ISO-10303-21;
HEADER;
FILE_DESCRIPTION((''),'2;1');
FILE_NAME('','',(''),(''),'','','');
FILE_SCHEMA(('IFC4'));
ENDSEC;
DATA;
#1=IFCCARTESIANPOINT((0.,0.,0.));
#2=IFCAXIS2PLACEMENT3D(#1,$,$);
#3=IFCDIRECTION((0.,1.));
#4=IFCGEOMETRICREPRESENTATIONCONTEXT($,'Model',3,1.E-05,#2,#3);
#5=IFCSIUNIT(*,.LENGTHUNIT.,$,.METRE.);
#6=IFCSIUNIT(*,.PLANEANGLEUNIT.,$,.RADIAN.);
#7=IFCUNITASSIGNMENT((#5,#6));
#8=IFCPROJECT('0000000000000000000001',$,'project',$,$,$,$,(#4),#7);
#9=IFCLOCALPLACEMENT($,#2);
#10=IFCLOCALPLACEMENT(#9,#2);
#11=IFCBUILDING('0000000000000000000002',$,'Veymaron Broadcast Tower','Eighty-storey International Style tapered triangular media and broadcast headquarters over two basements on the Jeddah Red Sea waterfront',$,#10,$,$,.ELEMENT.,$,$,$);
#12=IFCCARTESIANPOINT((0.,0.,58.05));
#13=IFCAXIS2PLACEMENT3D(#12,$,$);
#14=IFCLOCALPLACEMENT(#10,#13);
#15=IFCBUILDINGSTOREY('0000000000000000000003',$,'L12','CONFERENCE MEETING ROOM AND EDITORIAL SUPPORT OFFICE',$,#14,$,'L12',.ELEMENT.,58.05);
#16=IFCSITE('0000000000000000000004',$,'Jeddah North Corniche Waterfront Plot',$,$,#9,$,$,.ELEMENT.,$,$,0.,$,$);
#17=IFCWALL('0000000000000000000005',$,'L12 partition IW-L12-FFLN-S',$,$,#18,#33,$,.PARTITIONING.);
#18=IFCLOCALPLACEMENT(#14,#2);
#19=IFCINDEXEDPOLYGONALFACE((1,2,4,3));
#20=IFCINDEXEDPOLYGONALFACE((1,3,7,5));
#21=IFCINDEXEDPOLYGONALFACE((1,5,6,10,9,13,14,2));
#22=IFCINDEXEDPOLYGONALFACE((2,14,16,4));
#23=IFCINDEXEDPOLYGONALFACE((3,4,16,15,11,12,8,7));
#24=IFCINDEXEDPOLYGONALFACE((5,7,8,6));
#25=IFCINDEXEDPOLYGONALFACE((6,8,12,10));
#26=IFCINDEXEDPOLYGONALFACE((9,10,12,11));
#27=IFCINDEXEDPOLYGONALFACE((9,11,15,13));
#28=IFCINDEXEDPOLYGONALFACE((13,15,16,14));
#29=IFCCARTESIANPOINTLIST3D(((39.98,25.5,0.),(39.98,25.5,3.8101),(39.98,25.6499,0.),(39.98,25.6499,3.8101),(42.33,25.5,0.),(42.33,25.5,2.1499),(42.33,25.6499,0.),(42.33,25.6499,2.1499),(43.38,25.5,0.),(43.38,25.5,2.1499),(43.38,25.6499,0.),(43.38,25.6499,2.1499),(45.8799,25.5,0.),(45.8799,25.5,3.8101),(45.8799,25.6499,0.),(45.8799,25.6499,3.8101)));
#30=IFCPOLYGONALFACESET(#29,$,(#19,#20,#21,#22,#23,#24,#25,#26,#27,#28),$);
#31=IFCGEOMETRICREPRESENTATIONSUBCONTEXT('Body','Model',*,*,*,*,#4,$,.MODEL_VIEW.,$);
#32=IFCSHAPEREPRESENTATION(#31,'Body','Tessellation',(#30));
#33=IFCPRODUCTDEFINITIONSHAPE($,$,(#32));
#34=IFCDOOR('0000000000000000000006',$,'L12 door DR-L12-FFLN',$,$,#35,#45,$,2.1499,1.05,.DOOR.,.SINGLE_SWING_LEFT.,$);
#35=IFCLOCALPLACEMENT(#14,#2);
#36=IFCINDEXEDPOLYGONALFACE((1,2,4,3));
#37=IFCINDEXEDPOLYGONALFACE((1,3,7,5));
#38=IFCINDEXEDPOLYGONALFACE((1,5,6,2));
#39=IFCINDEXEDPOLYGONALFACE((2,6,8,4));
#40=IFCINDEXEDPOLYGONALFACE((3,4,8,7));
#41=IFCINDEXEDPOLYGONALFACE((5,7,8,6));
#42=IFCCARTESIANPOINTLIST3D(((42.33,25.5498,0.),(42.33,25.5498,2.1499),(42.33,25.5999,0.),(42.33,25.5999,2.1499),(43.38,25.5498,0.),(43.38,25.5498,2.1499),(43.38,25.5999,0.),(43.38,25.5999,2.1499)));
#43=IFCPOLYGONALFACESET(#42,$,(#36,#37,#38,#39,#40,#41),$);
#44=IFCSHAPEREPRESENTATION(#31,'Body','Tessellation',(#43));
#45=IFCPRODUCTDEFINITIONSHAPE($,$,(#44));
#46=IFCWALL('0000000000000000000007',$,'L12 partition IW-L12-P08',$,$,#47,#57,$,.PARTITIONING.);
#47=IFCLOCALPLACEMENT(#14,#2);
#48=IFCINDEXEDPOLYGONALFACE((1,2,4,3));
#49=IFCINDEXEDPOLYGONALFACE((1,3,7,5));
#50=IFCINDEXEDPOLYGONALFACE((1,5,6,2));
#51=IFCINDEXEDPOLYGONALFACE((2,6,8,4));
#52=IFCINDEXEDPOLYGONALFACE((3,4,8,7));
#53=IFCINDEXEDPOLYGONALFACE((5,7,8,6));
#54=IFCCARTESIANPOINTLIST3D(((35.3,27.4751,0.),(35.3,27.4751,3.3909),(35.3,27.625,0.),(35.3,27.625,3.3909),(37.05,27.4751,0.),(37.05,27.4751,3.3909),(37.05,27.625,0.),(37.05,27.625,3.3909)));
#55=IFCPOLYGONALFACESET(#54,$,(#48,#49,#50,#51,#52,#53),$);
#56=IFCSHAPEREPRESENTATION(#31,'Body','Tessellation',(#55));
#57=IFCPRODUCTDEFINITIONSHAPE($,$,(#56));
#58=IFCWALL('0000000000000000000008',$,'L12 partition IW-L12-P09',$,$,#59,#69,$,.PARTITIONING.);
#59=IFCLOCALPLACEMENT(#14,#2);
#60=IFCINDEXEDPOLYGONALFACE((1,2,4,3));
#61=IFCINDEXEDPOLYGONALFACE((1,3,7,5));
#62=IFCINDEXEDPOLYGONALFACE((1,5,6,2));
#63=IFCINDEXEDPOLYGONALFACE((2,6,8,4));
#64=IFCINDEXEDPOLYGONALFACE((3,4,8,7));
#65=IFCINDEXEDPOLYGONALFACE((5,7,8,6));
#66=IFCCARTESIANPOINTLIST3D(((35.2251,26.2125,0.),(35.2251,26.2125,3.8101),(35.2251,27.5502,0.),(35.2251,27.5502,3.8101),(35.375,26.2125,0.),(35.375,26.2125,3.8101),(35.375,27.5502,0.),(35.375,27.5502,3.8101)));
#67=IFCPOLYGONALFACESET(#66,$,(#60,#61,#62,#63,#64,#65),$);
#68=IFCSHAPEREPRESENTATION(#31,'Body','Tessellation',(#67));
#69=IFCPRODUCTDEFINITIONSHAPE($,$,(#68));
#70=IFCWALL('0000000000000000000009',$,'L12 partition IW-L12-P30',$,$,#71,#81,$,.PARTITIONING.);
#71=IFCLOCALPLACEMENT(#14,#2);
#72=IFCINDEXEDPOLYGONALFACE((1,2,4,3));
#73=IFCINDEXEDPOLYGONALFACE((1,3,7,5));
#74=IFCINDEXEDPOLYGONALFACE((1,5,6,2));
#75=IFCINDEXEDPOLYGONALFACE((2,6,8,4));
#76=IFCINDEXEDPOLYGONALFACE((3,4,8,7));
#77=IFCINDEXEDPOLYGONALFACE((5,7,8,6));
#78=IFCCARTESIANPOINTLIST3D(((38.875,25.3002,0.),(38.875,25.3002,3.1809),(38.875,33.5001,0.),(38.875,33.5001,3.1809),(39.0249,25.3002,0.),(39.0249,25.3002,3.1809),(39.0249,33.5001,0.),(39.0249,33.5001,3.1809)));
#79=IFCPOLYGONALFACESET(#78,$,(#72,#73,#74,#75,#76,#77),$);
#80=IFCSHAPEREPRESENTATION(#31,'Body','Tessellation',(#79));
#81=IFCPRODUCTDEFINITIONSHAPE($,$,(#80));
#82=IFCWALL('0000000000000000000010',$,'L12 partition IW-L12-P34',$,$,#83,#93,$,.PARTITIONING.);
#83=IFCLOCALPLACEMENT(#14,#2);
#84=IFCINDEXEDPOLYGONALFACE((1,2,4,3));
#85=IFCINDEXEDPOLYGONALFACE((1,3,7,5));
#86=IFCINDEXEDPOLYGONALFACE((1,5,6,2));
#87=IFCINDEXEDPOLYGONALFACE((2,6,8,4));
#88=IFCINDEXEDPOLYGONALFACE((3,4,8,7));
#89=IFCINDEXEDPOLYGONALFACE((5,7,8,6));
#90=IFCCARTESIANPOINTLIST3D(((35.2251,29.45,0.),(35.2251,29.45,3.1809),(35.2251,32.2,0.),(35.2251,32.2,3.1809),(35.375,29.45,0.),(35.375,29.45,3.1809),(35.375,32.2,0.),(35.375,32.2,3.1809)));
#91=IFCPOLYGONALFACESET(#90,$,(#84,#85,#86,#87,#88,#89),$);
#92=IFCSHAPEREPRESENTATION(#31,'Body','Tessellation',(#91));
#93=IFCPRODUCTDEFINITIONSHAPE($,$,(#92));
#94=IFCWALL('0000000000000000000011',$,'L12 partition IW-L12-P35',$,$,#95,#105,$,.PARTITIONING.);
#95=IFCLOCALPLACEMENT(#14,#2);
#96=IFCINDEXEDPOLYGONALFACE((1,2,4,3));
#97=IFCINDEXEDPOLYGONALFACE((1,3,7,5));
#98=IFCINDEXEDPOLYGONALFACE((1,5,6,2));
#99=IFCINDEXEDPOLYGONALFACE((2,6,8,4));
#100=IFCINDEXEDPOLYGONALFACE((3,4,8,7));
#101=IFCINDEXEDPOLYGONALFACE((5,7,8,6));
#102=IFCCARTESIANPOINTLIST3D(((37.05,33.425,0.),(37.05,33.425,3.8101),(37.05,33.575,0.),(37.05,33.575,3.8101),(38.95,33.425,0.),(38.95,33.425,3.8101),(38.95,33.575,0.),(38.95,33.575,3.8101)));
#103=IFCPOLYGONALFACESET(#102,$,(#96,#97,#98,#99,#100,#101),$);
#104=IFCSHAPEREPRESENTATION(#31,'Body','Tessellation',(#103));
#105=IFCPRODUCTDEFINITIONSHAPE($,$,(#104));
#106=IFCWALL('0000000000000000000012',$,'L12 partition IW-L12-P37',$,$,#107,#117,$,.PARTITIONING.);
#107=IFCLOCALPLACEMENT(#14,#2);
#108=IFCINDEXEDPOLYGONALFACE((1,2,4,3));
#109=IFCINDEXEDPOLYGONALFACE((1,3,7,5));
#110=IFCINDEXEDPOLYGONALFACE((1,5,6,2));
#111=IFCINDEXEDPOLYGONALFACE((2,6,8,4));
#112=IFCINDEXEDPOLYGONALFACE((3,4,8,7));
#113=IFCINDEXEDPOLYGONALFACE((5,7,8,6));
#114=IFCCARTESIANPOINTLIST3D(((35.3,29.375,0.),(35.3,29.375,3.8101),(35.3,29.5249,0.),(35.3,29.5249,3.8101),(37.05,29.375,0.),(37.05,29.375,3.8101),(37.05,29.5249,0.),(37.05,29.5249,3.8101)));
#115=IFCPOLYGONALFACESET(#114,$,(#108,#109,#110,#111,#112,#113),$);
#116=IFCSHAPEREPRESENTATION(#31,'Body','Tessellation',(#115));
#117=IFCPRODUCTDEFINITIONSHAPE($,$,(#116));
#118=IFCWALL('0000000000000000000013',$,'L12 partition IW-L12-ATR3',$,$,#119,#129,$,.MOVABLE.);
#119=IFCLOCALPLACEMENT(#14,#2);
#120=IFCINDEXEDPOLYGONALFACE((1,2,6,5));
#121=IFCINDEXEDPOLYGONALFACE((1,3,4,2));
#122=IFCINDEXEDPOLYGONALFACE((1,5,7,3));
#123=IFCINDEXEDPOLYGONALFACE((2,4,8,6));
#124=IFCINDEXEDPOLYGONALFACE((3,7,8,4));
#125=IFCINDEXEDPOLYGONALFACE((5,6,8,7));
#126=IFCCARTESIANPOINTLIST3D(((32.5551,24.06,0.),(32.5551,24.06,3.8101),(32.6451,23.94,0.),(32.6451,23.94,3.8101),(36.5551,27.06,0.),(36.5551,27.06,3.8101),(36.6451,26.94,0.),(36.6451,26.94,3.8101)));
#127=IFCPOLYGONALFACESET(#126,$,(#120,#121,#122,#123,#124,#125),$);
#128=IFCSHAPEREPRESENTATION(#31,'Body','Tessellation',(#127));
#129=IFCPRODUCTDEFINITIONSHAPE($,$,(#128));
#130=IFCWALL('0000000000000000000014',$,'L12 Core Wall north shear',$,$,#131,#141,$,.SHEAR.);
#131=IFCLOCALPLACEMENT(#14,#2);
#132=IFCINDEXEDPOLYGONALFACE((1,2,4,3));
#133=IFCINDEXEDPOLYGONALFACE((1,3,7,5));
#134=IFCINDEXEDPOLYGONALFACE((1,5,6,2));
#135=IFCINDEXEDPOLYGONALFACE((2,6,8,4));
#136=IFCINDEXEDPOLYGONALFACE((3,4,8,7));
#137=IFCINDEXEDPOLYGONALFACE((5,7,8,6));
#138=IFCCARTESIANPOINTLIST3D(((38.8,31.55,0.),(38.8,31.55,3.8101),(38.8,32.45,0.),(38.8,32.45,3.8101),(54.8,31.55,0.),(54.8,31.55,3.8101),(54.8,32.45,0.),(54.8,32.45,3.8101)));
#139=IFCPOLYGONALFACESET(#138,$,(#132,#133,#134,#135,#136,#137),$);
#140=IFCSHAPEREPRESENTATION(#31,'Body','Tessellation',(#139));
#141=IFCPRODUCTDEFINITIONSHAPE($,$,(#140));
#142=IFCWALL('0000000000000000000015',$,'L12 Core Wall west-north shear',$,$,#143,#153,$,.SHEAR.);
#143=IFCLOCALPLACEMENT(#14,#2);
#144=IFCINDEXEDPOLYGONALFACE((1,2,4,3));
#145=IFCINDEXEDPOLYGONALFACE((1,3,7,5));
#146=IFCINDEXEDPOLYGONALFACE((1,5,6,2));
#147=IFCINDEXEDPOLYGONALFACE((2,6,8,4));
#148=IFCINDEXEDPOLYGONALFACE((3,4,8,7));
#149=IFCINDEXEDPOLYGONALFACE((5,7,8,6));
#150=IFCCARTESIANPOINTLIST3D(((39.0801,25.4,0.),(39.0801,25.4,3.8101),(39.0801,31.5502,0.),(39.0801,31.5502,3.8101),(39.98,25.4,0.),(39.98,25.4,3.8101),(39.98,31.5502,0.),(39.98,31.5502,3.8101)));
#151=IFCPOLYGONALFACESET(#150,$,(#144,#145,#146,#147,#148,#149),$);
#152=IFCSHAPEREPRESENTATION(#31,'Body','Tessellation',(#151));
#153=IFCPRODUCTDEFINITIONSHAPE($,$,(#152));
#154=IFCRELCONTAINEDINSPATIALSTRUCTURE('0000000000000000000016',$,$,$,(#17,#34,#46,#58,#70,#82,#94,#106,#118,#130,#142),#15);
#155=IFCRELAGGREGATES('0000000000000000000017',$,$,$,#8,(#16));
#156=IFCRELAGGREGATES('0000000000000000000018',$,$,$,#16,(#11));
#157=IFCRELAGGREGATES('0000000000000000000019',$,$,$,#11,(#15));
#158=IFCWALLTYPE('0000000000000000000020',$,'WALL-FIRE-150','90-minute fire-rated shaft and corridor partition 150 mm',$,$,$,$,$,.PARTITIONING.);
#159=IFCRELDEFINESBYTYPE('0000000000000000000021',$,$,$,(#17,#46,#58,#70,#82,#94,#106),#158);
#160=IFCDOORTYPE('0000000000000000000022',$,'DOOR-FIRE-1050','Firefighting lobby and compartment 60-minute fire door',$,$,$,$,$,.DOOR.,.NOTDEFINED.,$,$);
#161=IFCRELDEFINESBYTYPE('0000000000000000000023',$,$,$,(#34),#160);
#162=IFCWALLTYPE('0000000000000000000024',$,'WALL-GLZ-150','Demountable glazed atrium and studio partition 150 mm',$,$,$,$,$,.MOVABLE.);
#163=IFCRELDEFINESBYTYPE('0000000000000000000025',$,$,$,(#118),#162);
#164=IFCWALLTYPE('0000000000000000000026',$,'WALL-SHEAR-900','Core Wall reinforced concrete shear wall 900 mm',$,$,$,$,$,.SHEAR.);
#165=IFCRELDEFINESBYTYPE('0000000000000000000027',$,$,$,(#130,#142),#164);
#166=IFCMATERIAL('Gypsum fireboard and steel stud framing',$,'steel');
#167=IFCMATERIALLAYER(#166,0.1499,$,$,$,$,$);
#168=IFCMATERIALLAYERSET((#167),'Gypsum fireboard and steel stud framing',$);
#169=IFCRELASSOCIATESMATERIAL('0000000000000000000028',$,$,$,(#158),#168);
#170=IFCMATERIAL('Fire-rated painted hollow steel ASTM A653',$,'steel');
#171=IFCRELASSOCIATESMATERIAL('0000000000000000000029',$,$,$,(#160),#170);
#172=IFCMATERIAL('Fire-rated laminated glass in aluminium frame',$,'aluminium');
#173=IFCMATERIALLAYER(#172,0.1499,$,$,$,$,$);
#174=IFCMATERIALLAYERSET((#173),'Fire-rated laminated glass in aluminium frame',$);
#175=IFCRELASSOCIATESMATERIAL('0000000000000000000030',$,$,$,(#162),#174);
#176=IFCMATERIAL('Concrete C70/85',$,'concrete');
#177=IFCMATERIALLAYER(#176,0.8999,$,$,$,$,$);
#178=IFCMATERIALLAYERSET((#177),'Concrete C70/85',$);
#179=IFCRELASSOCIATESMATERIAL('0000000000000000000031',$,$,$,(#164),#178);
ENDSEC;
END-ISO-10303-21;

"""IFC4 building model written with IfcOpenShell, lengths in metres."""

from ifc_helpers import new_model, si_unit, direction, frame, frame_2d, origin, place, context, subcontext, project, spatial, rectangle, extrude, material, layer, layer_set, type_object, element, fill, save


model = new_model("IFC4")

# Units and contexts
model_context = context("Model", 3, precision=1e-05, world=origin(), true_north=direction((0.0, 1.0)))
body_context = subcontext(model_context, "Body", "Model", "MODEL_VIEW")
ifc_project = project(units=[si_unit("LENGTHUNIT", "METRE"), si_unit("PLANEANGLEUNIT", "RADIAN")], contexts=[model_context])

# Site, building, storey
site_placement = place(None, origin())
site = spatial("IfcSite", under=ifc_project, at=site_placement, Name="Jeddah North Corniche Waterfront Plot", CompositionType="ELEMENT", RefElevation=0.0)
building_placement = place(site_placement, origin())
building = spatial("IfcBuilding", under=site, at=building_placement, Name="Veymaron Broadcast Tower", Description="Eighty-storey International Style tapered triangular media and broadcast headquarters over two basements on the Jeddah Red Sea waterfront", CompositionType="ELEMENT")
storey_placement = place(building_placement, frame((0.0, 0.0, 58.05)))
storey = spatial("IfcBuildingStorey", under=building, at=storey_placement, Name="L12", Description="CONFERENCE MEETING ROOM AND EDITORIAL SUPPORT OFFICE", LongName="L12", CompositionType="ELEMENT", Elevation=58.05)

# Wall, opening, door
ifc_material_1 = material(Name="Gypsum fireboard and steel stud framing", Category="steel")
ifc_layer_1 = layer(ifc_material_1, 0.1499)
ifc_layer_set_1 = layer_set([ifc_layer_1], Name="Gypsum fireboard and steel stud framing")
wall_type_1 = type_object("IfcWallType", Name="WALL-FIRE-150", Description="90-minute fire-rated shaft and corridor partition 150 mm", PredefinedType="PARTITIONING", material=ifc_layer_set_1)
wall_1_placement = place(storey_placement, frame((39.98, 25.575, 0.0), z_axis=(0.0, 0.0, 1.0), x_axis=(1.0, 0.0, 0.0)))
wall_1 = element("IfcWall", 1, at=wall_1_placement, inside=storey, type_object=wall_type_1, Name="L12 partition IW-L12-FFLN-S", PredefinedType="PARTITIONING", context=body_context, shape_type="SweptSolid", body=[
    extrude(rectangle(XDim=5.8999, YDim=0.1499, at=frame_2d((2.95, 0.0))), origin(), (0.0, 0.0, 1.0), 3.8101),
])
opening_1_placement = place(wall_1_placement, frame((2.3501, 0.0, 0.0)))
opening_1 = element("IfcOpeningElement", 2, at=opening_1_placement, cuts=wall_1, PredefinedType="OPENING", context=body_context, shape_type="SweptSolid", body=[
    extrude(rectangle(XDim=1.05, YDim=2.1499, at=frame_2d((0.5249, 1.075))), frame((0.0, 0.085, 0.0), z_axis=(0.0, -1.0, 0.0), x_axis=(1.0, 0.0, 0.0)), (0.0, 0.0, 1.0), 0.1699),
])
ifc_material_2 = material(Name="Fire-rated painted hollow steel ASTM A653", Category="steel")
door_type_1 = type_object("IfcDoorType", Name="DOOR-FIRE-1050", Description="Firefighting lobby and compartment 60-minute fire door", OperationType="NOTDEFINED", PredefinedType="DOOR", material=ifc_material_2)
door_1_placement = place(opening_1_placement, origin())
door_1 = element("IfcDoor", 3, at=door_1_placement, inside=storey, type_object=door_type_1, Name="L12 door DR-L12-FFLN", OperationType="SINGLE_SWING_LEFT", OverallHeight=2.1499, OverallWidth=1.05, PredefinedType="DOOR", context=body_context, shape_type="SweptSolid", body=[
    extrude(rectangle(XDim=1.05, YDim=2.1499, at=frame_2d((0.5249, 1.075))), frame((0.0, 0.0249, 0.0), z_axis=(0.0, -1.0, 0.0), x_axis=(1.0, 0.0, 0.0)), (0.0, 0.0, 1.0), 0.05),
])
fill(opening_1, door_1)

# Walls
wall_2_placement = place(storey_placement, frame((35.3, 27.55, 0.0), z_axis=(0.0, 0.0, 1.0), x_axis=(1.0, 0.0, 0.0)))
element("IfcWall", 4, at=wall_2_placement, inside=storey, type_object=wall_type_1, Name="L12 partition IW-L12-P08", PredefinedType="PARTITIONING", context=body_context, shape_type="SweptSolid", body=[
    extrude(rectangle(XDim=1.75, YDim=0.1499, at=frame_2d((0.875, 0.0))), origin(), (0.0, 0.0, 1.0), 3.3909),
])
wall_3_placement = place(storey_placement, frame((35.3, 26.2124, 0.0), z_axis=(0.0, 0.0, 1.0), x_axis=(0.0, 1.0, 0.0)))
element("IfcWall", 5, at=wall_3_placement, inside=storey, type_object=wall_type_1, Name="L12 partition IW-L12-P09", PredefinedType="PARTITIONING", context=body_context, shape_type="SweptSolid", body=[
    extrude(rectangle(XDim=1.3376, YDim=0.1499, at=frame_2d((0.6689, 0.0))), origin(), (0.0, 0.0, 1.0), 3.8101),
])
wall_4_placement = place(storey_placement, frame((38.95, 25.3, 0.0), z_axis=(0.0, 0.0, 1.0), x_axis=(0.0, 1.0, 0.0)))
element("IfcWall", 6, at=wall_4_placement, inside=storey, type_object=wall_type_1, Name="L12 partition IW-L12-P30", PredefinedType="PARTITIONING", context=body_context, shape_type="SweptSolid", body=[
    extrude(rectangle(XDim=8.2, YDim=0.1499, at=frame_2d((4.1001, 0.0))), origin(), (0.0, 0.0, 1.0), 3.1809),
])
wall_5_placement = place(storey_placement, frame((35.3, 29.45, 0.0), z_axis=(0.0, 0.0, 1.0), x_axis=(0.0, 1.0, 0.0)))
element("IfcWall", 7, at=wall_5_placement, inside=storey, type_object=wall_type_1, Name="L12 partition IW-L12-P34", PredefinedType="PARTITIONING", context=body_context, shape_type="SweptSolid", body=[
    extrude(rectangle(XDim=2.75, YDim=0.1499, at=frame_2d((1.375, 0.0))), origin(), (0.0, 0.0, 1.0), 3.1809),
])
wall_6_placement = place(storey_placement, frame((37.05, 33.5, 0.0), z_axis=(0.0, 0.0, 1.0), x_axis=(1.0, 0.0, 0.0)))
element("IfcWall", 8, at=wall_6_placement, inside=storey, type_object=wall_type_1, Name="L12 partition IW-L12-P35", PredefinedType="PARTITIONING", context=body_context, shape_type="SweptSolid", body=[
    extrude(rectangle(XDim=1.8999, YDim=0.1499, at=frame_2d((0.95, 0.0))), origin(), (0.0, 0.0, 1.0), 3.8101),
])
wall_7_placement = place(storey_placement, frame((35.3, 29.45, 0.0), z_axis=(0.0, 0.0, 1.0), x_axis=(1.0, 0.0, 0.0)))
element("IfcWall", 9, at=wall_7_placement, inside=storey, type_object=wall_type_1, Name="L12 partition IW-L12-P37", PredefinedType="PARTITIONING", context=body_context, shape_type="SweptSolid", body=[
    extrude(rectangle(XDim=1.75, YDim=0.1499, at=frame_2d((0.875, 0.0))), origin(), (0.0, 0.0, 1.0), 3.8101),
])
ifc_material_3 = material(Name="Fire-rated laminated glass in aluminium frame", Category="aluminium")
ifc_layer_2 = layer(ifc_material_3, 0.1499)
ifc_layer_set_2 = layer_set([ifc_layer_2], Name="Fire-rated laminated glass in aluminium frame")
wall_type_2 = type_object("IfcWallType", Name="WALL-GLZ-150", Description="Demountable glazed atrium and studio partition 150 mm", PredefinedType="MOVABLE", material=ifc_layer_set_2)
wall_8_placement = place(storey_placement, frame((36.6001, 27.0, 0.0), z_axis=(0.0, 0.0, 1.0), x_axis=(-0.8, -0.6, 0.0)))
element("IfcWall", 10, at=wall_8_placement, inside=storey, type_object=wall_type_2, Name="L12 partition IW-L12-ATR3", PredefinedType="MOVABLE", context=body_context, shape_type="SweptSolid", body=[
    extrude(rectangle(XDim=5.0, YDim=0.1499, at=frame_2d((2.5, 0.0))), origin(), (0.0, 0.0, 1.0), 3.8101),
])

# Walls
ifc_material_4 = material(Name="Concrete C70/85", Category="concrete")
ifc_layer_3 = layer(ifc_material_4, 0.8999)
ifc_layer_set_3 = layer_set([ifc_layer_3], Name="Concrete C70/85")
wall_type_3 = type_object("IfcWallType", Name="WALL-SHEAR-900", Description="Core Wall reinforced concrete shear wall 900 mm", PredefinedType="SHEAR", material=ifc_layer_set_3)
wall_9_placement = place(storey_placement, frame((38.8, 32.0, 0.0), z_axis=(0.0, 0.0, 1.0), x_axis=(1.0, 0.0, 0.0)))
element("IfcWall", 11, at=wall_9_placement, inside=storey, type_object=wall_type_3, Name="L12 Core Wall north shear", PredefinedType="SHEAR", context=body_context, shape_type="SweptSolid", body=[
    extrude(rectangle(XDim=16.0, YDim=0.8999, at=frame_2d((8.0, 0.0))), origin(), (0.0, 0.0, 1.0), 3.8101),
])
wall_10_placement = place(storey_placement, frame((39.53, 25.3999, 0.0), z_axis=(0.0, 0.0, 1.0), x_axis=(0.0, 1.0, 0.0)))
element("IfcWall", 12, at=wall_10_placement, inside=storey, type_object=wall_type_3, Name="L12 Core Wall west-north shear", PredefinedType="SHEAR", context=body_context, shape_type="SweptSolid", body=[
    extrude(rectangle(XDim=6.1501, YDim=0.8999, at=frame_2d((3.0752, 0.0))), origin(), (0.0, 0.0, 1.0), 3.8101),
])

save(model, "model.ifc")
